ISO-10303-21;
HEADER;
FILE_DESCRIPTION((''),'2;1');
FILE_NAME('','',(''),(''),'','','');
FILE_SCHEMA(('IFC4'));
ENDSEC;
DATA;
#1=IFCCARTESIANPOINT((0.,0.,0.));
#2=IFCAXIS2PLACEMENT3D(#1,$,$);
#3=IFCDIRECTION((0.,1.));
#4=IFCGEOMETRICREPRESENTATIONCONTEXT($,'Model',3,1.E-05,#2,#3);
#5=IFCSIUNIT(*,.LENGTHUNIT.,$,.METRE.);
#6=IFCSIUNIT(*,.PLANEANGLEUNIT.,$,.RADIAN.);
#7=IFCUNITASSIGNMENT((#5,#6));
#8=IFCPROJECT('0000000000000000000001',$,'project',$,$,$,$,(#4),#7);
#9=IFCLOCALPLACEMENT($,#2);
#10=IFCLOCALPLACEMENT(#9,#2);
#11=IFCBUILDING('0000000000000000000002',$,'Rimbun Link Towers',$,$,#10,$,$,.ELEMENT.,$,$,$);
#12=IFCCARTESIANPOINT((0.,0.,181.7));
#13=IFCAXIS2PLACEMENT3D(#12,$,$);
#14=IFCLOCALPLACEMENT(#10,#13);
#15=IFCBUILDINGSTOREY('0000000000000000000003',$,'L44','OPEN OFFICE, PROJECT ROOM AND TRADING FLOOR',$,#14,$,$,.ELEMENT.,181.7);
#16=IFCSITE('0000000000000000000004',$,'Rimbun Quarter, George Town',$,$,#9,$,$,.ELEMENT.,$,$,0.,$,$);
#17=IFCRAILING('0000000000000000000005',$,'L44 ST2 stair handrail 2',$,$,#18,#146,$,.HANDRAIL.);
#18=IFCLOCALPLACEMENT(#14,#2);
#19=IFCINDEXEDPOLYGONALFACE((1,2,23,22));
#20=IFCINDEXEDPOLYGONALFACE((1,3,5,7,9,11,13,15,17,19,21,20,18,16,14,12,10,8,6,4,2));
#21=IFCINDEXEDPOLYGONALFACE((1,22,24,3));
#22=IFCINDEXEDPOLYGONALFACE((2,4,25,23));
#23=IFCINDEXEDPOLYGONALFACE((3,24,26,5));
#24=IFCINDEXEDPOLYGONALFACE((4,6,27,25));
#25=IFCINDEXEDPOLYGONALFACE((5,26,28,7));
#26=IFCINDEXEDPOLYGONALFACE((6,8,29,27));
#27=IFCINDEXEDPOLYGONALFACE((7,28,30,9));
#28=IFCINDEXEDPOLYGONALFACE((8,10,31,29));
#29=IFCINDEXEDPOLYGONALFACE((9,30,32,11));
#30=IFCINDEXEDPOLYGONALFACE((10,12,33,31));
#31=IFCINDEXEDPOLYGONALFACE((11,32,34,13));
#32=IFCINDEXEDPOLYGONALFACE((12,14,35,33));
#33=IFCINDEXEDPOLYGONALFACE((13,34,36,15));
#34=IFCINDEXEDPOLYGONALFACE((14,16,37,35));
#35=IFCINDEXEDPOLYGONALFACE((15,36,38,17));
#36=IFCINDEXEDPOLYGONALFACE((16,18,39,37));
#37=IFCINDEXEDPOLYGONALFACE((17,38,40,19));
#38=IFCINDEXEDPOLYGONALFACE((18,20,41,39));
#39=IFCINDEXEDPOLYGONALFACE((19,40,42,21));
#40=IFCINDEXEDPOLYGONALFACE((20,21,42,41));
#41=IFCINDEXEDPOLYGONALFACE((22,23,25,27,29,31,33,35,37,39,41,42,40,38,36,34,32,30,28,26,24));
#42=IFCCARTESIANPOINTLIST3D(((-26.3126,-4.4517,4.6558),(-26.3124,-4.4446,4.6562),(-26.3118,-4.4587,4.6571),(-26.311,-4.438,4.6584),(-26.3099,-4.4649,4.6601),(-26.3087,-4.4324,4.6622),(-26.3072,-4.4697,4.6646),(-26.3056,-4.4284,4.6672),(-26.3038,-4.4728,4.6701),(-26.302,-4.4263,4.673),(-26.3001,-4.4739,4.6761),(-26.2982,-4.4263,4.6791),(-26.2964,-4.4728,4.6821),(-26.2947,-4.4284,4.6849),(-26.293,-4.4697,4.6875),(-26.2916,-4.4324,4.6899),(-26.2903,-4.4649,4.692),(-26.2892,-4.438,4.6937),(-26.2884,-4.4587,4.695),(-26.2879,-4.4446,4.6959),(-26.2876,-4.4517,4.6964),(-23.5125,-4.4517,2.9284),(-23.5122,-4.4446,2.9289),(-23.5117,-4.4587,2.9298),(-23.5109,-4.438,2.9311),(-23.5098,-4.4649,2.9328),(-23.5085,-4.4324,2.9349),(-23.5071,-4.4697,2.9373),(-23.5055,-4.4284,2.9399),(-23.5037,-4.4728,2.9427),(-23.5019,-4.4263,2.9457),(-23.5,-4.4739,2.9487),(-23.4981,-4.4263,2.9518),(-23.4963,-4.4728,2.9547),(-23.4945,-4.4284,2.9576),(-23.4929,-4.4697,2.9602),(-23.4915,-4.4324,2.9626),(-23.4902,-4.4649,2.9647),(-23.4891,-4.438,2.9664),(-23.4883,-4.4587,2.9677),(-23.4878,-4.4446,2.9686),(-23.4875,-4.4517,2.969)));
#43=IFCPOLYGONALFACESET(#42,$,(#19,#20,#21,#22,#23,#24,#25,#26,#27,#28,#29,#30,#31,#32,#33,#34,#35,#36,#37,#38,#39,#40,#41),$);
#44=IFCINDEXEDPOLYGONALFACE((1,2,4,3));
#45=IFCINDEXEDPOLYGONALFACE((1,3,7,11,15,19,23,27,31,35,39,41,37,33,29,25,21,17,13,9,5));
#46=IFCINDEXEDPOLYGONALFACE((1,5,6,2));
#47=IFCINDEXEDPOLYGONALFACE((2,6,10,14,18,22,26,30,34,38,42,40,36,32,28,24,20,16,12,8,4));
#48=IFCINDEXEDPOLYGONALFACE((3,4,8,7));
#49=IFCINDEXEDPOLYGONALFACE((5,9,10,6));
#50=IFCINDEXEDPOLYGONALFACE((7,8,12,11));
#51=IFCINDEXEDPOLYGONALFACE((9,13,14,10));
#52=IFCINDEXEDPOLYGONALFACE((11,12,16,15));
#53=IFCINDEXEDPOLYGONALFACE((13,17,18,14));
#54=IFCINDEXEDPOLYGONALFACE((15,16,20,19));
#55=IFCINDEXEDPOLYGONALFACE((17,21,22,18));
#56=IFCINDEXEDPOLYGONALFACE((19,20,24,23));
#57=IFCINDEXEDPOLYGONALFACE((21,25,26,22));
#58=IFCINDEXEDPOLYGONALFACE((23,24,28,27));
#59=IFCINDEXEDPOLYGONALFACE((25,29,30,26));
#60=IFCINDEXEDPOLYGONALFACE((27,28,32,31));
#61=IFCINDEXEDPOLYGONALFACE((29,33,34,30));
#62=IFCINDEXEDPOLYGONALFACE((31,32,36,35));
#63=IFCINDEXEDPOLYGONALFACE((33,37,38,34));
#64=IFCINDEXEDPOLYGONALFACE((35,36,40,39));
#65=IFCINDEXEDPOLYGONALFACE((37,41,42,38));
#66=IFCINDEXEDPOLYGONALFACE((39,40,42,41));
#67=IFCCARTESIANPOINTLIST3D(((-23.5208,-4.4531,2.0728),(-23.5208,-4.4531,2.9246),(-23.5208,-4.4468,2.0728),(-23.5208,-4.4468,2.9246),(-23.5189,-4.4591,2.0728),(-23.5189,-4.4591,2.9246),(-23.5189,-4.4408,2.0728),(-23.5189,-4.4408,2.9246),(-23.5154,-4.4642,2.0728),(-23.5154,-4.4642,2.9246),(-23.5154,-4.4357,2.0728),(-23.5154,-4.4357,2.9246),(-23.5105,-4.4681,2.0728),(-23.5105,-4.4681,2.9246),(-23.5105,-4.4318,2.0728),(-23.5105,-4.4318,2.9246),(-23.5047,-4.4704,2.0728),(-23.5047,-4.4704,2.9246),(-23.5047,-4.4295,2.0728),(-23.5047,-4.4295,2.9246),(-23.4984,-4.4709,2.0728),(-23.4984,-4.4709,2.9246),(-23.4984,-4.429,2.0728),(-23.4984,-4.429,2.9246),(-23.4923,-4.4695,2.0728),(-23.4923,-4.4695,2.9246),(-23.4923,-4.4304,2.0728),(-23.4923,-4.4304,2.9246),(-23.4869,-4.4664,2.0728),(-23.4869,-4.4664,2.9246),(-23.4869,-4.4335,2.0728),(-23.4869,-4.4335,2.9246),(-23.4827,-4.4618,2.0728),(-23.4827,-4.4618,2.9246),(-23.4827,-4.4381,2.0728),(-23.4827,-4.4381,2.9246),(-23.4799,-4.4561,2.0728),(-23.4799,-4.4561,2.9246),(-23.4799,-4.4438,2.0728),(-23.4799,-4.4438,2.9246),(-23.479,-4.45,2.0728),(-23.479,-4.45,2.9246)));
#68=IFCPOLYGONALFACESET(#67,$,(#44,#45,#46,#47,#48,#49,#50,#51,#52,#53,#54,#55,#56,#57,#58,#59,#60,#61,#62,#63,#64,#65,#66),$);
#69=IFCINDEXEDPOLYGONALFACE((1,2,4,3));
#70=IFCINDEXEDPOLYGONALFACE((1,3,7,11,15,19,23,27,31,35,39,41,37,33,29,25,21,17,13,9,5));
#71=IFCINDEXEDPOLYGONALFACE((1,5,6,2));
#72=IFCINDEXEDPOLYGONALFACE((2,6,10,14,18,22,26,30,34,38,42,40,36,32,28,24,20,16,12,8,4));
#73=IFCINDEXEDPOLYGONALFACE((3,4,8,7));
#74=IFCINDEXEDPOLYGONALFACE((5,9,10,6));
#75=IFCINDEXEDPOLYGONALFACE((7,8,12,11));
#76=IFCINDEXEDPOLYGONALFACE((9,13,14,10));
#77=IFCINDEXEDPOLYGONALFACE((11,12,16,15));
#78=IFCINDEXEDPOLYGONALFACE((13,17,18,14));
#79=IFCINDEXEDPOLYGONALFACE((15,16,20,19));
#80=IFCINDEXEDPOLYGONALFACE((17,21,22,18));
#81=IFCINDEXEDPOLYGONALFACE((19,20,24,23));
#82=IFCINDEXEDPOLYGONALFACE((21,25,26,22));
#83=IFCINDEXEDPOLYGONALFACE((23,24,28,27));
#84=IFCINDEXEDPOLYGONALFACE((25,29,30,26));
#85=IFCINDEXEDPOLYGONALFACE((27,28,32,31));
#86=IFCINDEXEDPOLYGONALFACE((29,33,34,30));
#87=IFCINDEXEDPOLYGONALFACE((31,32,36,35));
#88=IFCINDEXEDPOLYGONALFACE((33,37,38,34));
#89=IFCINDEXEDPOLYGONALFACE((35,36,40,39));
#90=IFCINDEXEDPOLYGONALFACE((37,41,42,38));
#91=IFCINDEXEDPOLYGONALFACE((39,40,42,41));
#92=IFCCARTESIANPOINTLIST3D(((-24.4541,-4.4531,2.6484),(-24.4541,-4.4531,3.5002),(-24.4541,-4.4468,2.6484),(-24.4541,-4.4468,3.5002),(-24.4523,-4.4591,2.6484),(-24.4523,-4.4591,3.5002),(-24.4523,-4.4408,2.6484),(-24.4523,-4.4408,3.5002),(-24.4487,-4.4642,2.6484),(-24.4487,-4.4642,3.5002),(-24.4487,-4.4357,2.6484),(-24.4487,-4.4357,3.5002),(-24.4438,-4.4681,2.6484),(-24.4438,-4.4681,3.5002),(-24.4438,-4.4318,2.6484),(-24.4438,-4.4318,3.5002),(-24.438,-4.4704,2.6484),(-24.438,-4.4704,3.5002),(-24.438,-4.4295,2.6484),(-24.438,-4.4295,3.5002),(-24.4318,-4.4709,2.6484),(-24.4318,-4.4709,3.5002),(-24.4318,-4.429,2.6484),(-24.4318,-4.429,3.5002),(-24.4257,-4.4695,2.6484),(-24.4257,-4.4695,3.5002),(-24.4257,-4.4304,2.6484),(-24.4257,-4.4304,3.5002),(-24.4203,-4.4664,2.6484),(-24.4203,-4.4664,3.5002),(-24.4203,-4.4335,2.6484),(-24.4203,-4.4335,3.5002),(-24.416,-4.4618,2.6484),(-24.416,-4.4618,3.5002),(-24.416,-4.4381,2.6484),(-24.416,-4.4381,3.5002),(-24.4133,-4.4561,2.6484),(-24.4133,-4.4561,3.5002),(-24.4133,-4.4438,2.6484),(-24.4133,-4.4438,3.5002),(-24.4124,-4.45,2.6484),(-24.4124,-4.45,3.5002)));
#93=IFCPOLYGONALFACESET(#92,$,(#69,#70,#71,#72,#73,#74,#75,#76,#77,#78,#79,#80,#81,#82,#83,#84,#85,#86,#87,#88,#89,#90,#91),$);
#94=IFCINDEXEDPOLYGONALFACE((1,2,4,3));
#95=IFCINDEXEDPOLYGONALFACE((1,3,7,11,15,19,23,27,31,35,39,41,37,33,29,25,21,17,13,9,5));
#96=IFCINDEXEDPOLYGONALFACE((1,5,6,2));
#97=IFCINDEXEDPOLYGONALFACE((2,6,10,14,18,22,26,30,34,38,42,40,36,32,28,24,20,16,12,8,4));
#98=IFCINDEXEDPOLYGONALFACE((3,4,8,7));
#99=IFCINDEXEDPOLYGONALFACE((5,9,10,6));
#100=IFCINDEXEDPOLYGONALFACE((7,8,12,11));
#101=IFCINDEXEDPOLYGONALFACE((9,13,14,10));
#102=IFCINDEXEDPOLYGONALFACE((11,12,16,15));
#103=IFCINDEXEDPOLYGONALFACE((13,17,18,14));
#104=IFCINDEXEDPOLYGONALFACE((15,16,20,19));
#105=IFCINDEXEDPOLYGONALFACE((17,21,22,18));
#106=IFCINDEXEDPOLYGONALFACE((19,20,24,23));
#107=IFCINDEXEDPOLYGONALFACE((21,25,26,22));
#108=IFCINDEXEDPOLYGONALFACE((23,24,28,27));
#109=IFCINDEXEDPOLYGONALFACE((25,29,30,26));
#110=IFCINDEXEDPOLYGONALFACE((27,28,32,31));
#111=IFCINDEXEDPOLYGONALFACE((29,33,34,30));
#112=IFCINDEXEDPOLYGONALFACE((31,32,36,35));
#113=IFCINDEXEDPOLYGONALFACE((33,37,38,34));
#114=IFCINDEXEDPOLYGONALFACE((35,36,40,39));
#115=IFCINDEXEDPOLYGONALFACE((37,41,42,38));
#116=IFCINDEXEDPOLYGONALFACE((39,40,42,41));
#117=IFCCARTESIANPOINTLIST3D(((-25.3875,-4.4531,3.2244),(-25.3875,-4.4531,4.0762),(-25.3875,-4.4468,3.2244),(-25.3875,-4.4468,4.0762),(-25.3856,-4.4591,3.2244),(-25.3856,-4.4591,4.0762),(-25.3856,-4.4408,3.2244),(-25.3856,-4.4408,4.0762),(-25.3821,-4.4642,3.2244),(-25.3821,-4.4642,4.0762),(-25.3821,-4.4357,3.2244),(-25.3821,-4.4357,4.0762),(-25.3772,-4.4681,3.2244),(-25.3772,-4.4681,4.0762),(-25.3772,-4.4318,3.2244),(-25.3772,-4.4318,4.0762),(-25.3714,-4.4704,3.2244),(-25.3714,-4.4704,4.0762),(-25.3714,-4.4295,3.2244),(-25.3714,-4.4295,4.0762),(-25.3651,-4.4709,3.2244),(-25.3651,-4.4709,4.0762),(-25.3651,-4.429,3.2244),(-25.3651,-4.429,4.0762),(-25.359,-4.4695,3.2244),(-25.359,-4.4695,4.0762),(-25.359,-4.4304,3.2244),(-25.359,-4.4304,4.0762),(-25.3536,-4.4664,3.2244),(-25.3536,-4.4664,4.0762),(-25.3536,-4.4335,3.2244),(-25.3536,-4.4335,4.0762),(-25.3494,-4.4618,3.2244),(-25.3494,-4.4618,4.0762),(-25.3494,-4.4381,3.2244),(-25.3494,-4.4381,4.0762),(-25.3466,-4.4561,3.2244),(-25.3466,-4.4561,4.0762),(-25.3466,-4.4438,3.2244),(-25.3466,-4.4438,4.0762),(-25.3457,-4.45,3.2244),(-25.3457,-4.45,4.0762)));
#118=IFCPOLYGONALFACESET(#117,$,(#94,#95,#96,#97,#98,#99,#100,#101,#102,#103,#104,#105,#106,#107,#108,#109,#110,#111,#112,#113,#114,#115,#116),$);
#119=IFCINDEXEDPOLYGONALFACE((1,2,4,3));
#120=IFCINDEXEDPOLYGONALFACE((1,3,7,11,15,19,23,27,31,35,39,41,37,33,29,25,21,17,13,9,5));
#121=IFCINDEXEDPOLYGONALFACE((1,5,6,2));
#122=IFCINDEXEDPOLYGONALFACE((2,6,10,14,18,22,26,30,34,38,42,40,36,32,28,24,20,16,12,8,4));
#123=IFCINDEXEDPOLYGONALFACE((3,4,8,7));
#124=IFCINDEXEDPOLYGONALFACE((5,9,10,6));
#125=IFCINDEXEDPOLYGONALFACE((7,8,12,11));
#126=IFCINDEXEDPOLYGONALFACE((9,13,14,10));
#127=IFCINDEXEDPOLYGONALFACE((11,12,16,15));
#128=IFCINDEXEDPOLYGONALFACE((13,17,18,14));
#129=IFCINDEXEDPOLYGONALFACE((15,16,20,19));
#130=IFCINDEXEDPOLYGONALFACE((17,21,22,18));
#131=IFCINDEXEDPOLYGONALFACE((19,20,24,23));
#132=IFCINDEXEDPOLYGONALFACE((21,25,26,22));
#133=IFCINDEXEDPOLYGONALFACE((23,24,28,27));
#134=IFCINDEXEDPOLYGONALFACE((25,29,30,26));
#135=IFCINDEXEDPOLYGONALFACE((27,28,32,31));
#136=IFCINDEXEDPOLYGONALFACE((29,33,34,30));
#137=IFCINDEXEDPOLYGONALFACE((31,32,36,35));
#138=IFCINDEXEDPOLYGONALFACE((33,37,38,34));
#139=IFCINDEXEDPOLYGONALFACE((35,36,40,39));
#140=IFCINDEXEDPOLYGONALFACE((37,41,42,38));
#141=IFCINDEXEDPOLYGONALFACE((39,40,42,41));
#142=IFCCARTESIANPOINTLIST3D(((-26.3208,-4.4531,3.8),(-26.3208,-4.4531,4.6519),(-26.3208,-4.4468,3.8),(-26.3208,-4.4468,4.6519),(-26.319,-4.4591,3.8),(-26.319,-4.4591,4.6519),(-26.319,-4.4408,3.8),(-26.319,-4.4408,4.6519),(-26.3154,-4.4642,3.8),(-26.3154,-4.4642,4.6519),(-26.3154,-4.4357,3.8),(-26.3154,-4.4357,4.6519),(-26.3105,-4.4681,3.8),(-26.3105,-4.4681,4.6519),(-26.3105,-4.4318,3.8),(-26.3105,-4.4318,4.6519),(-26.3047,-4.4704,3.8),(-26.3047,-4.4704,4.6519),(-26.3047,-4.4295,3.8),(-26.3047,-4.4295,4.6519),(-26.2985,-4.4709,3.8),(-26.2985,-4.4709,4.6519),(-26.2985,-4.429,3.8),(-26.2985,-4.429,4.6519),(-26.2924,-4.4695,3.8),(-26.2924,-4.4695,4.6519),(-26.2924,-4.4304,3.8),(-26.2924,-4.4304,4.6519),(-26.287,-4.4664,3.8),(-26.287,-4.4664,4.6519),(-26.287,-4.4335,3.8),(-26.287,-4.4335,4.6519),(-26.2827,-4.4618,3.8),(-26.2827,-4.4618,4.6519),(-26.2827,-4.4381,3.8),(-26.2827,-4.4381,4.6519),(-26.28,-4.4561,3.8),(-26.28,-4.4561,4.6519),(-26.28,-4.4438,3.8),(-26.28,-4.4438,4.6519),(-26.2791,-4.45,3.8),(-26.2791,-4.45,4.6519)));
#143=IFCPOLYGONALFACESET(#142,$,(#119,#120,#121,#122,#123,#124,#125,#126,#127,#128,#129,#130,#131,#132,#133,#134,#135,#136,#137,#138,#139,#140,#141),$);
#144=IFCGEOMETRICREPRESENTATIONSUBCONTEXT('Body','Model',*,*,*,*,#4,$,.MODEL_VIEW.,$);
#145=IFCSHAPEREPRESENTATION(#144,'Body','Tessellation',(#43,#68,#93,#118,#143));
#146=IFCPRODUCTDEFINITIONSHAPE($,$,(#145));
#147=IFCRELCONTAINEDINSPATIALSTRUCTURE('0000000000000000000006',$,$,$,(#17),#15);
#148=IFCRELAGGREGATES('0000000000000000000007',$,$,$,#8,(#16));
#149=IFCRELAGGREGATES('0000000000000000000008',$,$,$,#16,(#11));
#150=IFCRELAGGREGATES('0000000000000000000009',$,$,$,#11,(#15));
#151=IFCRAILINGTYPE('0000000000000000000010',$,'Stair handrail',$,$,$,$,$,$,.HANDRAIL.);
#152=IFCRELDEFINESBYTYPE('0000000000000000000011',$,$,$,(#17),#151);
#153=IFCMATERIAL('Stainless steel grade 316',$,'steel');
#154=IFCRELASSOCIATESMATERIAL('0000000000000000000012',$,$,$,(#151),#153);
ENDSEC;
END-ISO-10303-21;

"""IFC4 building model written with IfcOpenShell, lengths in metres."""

from ifc_helpers import new_model, si_unit, direction, frame, origin, origin_2d, place, context, subcontext, project, spatial, circle, extrude, material, type_object, element, save


model = new_model("IFC4")

# Units and contexts
model_context = context("Model", 3, precision=1e-05, world=origin(), true_north=direction((0.0, 1.0)))
body_context = subcontext(model_context, "Body", "Model", "MODEL_VIEW")
ifc_project = project(units=[si_unit("LENGTHUNIT", "METRE"), si_unit("PLANEANGLEUNIT", "RADIAN")], contexts=[model_context])

# Site, building, storey
site_placement = place(None, origin())
site = spatial("IfcSite", under=ifc_project, at=site_placement, Name="Rimbun Quarter, George Town", CompositionType="ELEMENT", RefElevation=0.0)
building_placement = place(site_placement, origin())
building = spatial("IfcBuilding", under=site, at=building_placement, Name="Rimbun Link Towers", CompositionType="ELEMENT")
storey_placement = place(building_placement, frame((0.0, 0.0, 181.7)))
storey = spatial("IfcBuildingStorey", under=building, at=storey_placement, Name="L44", Description="OPEN OFFICE, PROJECT ROOM AND TRADING FLOOR", CompositionType="ELEMENT", Elevation=181.7)

# Railing
ifc_material_1 = material(Name="Stainless steel grade 316", Category="steel")
railing_type = type_object("IfcRailingType", Name="Stair handrail", PredefinedType="HANDRAIL", material=ifc_material_1)
railing_placement = place(storey_placement, frame((-23.5, -4.45, 2.0728)))
element("IfcRailing", 1, at=railing_placement, inside=storey, type_object=railing_type, Name="L44 ST2 stair handrail 2", PredefinedType="HANDRAIL", context=body_context, shape_type="SweptSolid", body=[
    extrude(circle(Radius=0.0239, at=origin_2d()), frame((0.0, 0.0, 0.876), z_axis=(-0.85109, 0.0, 0.52502), x_axis=(0.0, -1.0, 0.0)), (0.0, 0.0, 1.0), 3.29),
    extrude(circle(Radius=0.021, at=origin_2d()), origin(), (0.0, 0.0, 1.0), 0.8518),
    extrude(circle(Radius=0.021, at=origin_2d()), frame((-0.9333, 0.0, 0.5757)), (0.0, 0.0, 1.0), 0.8518),
    extrude(circle(Radius=0.021, at=origin_2d()), frame((-1.8667, 0.0, 1.1516)), (0.0, 0.0, 1.0), 0.8518),
    extrude(circle(Radius=0.021, at=origin_2d()), frame((-2.8, 0.0, 1.7273)), (0.0, 0.0, 1.0), 0.8518),
])

save(model, "model.ifc")
